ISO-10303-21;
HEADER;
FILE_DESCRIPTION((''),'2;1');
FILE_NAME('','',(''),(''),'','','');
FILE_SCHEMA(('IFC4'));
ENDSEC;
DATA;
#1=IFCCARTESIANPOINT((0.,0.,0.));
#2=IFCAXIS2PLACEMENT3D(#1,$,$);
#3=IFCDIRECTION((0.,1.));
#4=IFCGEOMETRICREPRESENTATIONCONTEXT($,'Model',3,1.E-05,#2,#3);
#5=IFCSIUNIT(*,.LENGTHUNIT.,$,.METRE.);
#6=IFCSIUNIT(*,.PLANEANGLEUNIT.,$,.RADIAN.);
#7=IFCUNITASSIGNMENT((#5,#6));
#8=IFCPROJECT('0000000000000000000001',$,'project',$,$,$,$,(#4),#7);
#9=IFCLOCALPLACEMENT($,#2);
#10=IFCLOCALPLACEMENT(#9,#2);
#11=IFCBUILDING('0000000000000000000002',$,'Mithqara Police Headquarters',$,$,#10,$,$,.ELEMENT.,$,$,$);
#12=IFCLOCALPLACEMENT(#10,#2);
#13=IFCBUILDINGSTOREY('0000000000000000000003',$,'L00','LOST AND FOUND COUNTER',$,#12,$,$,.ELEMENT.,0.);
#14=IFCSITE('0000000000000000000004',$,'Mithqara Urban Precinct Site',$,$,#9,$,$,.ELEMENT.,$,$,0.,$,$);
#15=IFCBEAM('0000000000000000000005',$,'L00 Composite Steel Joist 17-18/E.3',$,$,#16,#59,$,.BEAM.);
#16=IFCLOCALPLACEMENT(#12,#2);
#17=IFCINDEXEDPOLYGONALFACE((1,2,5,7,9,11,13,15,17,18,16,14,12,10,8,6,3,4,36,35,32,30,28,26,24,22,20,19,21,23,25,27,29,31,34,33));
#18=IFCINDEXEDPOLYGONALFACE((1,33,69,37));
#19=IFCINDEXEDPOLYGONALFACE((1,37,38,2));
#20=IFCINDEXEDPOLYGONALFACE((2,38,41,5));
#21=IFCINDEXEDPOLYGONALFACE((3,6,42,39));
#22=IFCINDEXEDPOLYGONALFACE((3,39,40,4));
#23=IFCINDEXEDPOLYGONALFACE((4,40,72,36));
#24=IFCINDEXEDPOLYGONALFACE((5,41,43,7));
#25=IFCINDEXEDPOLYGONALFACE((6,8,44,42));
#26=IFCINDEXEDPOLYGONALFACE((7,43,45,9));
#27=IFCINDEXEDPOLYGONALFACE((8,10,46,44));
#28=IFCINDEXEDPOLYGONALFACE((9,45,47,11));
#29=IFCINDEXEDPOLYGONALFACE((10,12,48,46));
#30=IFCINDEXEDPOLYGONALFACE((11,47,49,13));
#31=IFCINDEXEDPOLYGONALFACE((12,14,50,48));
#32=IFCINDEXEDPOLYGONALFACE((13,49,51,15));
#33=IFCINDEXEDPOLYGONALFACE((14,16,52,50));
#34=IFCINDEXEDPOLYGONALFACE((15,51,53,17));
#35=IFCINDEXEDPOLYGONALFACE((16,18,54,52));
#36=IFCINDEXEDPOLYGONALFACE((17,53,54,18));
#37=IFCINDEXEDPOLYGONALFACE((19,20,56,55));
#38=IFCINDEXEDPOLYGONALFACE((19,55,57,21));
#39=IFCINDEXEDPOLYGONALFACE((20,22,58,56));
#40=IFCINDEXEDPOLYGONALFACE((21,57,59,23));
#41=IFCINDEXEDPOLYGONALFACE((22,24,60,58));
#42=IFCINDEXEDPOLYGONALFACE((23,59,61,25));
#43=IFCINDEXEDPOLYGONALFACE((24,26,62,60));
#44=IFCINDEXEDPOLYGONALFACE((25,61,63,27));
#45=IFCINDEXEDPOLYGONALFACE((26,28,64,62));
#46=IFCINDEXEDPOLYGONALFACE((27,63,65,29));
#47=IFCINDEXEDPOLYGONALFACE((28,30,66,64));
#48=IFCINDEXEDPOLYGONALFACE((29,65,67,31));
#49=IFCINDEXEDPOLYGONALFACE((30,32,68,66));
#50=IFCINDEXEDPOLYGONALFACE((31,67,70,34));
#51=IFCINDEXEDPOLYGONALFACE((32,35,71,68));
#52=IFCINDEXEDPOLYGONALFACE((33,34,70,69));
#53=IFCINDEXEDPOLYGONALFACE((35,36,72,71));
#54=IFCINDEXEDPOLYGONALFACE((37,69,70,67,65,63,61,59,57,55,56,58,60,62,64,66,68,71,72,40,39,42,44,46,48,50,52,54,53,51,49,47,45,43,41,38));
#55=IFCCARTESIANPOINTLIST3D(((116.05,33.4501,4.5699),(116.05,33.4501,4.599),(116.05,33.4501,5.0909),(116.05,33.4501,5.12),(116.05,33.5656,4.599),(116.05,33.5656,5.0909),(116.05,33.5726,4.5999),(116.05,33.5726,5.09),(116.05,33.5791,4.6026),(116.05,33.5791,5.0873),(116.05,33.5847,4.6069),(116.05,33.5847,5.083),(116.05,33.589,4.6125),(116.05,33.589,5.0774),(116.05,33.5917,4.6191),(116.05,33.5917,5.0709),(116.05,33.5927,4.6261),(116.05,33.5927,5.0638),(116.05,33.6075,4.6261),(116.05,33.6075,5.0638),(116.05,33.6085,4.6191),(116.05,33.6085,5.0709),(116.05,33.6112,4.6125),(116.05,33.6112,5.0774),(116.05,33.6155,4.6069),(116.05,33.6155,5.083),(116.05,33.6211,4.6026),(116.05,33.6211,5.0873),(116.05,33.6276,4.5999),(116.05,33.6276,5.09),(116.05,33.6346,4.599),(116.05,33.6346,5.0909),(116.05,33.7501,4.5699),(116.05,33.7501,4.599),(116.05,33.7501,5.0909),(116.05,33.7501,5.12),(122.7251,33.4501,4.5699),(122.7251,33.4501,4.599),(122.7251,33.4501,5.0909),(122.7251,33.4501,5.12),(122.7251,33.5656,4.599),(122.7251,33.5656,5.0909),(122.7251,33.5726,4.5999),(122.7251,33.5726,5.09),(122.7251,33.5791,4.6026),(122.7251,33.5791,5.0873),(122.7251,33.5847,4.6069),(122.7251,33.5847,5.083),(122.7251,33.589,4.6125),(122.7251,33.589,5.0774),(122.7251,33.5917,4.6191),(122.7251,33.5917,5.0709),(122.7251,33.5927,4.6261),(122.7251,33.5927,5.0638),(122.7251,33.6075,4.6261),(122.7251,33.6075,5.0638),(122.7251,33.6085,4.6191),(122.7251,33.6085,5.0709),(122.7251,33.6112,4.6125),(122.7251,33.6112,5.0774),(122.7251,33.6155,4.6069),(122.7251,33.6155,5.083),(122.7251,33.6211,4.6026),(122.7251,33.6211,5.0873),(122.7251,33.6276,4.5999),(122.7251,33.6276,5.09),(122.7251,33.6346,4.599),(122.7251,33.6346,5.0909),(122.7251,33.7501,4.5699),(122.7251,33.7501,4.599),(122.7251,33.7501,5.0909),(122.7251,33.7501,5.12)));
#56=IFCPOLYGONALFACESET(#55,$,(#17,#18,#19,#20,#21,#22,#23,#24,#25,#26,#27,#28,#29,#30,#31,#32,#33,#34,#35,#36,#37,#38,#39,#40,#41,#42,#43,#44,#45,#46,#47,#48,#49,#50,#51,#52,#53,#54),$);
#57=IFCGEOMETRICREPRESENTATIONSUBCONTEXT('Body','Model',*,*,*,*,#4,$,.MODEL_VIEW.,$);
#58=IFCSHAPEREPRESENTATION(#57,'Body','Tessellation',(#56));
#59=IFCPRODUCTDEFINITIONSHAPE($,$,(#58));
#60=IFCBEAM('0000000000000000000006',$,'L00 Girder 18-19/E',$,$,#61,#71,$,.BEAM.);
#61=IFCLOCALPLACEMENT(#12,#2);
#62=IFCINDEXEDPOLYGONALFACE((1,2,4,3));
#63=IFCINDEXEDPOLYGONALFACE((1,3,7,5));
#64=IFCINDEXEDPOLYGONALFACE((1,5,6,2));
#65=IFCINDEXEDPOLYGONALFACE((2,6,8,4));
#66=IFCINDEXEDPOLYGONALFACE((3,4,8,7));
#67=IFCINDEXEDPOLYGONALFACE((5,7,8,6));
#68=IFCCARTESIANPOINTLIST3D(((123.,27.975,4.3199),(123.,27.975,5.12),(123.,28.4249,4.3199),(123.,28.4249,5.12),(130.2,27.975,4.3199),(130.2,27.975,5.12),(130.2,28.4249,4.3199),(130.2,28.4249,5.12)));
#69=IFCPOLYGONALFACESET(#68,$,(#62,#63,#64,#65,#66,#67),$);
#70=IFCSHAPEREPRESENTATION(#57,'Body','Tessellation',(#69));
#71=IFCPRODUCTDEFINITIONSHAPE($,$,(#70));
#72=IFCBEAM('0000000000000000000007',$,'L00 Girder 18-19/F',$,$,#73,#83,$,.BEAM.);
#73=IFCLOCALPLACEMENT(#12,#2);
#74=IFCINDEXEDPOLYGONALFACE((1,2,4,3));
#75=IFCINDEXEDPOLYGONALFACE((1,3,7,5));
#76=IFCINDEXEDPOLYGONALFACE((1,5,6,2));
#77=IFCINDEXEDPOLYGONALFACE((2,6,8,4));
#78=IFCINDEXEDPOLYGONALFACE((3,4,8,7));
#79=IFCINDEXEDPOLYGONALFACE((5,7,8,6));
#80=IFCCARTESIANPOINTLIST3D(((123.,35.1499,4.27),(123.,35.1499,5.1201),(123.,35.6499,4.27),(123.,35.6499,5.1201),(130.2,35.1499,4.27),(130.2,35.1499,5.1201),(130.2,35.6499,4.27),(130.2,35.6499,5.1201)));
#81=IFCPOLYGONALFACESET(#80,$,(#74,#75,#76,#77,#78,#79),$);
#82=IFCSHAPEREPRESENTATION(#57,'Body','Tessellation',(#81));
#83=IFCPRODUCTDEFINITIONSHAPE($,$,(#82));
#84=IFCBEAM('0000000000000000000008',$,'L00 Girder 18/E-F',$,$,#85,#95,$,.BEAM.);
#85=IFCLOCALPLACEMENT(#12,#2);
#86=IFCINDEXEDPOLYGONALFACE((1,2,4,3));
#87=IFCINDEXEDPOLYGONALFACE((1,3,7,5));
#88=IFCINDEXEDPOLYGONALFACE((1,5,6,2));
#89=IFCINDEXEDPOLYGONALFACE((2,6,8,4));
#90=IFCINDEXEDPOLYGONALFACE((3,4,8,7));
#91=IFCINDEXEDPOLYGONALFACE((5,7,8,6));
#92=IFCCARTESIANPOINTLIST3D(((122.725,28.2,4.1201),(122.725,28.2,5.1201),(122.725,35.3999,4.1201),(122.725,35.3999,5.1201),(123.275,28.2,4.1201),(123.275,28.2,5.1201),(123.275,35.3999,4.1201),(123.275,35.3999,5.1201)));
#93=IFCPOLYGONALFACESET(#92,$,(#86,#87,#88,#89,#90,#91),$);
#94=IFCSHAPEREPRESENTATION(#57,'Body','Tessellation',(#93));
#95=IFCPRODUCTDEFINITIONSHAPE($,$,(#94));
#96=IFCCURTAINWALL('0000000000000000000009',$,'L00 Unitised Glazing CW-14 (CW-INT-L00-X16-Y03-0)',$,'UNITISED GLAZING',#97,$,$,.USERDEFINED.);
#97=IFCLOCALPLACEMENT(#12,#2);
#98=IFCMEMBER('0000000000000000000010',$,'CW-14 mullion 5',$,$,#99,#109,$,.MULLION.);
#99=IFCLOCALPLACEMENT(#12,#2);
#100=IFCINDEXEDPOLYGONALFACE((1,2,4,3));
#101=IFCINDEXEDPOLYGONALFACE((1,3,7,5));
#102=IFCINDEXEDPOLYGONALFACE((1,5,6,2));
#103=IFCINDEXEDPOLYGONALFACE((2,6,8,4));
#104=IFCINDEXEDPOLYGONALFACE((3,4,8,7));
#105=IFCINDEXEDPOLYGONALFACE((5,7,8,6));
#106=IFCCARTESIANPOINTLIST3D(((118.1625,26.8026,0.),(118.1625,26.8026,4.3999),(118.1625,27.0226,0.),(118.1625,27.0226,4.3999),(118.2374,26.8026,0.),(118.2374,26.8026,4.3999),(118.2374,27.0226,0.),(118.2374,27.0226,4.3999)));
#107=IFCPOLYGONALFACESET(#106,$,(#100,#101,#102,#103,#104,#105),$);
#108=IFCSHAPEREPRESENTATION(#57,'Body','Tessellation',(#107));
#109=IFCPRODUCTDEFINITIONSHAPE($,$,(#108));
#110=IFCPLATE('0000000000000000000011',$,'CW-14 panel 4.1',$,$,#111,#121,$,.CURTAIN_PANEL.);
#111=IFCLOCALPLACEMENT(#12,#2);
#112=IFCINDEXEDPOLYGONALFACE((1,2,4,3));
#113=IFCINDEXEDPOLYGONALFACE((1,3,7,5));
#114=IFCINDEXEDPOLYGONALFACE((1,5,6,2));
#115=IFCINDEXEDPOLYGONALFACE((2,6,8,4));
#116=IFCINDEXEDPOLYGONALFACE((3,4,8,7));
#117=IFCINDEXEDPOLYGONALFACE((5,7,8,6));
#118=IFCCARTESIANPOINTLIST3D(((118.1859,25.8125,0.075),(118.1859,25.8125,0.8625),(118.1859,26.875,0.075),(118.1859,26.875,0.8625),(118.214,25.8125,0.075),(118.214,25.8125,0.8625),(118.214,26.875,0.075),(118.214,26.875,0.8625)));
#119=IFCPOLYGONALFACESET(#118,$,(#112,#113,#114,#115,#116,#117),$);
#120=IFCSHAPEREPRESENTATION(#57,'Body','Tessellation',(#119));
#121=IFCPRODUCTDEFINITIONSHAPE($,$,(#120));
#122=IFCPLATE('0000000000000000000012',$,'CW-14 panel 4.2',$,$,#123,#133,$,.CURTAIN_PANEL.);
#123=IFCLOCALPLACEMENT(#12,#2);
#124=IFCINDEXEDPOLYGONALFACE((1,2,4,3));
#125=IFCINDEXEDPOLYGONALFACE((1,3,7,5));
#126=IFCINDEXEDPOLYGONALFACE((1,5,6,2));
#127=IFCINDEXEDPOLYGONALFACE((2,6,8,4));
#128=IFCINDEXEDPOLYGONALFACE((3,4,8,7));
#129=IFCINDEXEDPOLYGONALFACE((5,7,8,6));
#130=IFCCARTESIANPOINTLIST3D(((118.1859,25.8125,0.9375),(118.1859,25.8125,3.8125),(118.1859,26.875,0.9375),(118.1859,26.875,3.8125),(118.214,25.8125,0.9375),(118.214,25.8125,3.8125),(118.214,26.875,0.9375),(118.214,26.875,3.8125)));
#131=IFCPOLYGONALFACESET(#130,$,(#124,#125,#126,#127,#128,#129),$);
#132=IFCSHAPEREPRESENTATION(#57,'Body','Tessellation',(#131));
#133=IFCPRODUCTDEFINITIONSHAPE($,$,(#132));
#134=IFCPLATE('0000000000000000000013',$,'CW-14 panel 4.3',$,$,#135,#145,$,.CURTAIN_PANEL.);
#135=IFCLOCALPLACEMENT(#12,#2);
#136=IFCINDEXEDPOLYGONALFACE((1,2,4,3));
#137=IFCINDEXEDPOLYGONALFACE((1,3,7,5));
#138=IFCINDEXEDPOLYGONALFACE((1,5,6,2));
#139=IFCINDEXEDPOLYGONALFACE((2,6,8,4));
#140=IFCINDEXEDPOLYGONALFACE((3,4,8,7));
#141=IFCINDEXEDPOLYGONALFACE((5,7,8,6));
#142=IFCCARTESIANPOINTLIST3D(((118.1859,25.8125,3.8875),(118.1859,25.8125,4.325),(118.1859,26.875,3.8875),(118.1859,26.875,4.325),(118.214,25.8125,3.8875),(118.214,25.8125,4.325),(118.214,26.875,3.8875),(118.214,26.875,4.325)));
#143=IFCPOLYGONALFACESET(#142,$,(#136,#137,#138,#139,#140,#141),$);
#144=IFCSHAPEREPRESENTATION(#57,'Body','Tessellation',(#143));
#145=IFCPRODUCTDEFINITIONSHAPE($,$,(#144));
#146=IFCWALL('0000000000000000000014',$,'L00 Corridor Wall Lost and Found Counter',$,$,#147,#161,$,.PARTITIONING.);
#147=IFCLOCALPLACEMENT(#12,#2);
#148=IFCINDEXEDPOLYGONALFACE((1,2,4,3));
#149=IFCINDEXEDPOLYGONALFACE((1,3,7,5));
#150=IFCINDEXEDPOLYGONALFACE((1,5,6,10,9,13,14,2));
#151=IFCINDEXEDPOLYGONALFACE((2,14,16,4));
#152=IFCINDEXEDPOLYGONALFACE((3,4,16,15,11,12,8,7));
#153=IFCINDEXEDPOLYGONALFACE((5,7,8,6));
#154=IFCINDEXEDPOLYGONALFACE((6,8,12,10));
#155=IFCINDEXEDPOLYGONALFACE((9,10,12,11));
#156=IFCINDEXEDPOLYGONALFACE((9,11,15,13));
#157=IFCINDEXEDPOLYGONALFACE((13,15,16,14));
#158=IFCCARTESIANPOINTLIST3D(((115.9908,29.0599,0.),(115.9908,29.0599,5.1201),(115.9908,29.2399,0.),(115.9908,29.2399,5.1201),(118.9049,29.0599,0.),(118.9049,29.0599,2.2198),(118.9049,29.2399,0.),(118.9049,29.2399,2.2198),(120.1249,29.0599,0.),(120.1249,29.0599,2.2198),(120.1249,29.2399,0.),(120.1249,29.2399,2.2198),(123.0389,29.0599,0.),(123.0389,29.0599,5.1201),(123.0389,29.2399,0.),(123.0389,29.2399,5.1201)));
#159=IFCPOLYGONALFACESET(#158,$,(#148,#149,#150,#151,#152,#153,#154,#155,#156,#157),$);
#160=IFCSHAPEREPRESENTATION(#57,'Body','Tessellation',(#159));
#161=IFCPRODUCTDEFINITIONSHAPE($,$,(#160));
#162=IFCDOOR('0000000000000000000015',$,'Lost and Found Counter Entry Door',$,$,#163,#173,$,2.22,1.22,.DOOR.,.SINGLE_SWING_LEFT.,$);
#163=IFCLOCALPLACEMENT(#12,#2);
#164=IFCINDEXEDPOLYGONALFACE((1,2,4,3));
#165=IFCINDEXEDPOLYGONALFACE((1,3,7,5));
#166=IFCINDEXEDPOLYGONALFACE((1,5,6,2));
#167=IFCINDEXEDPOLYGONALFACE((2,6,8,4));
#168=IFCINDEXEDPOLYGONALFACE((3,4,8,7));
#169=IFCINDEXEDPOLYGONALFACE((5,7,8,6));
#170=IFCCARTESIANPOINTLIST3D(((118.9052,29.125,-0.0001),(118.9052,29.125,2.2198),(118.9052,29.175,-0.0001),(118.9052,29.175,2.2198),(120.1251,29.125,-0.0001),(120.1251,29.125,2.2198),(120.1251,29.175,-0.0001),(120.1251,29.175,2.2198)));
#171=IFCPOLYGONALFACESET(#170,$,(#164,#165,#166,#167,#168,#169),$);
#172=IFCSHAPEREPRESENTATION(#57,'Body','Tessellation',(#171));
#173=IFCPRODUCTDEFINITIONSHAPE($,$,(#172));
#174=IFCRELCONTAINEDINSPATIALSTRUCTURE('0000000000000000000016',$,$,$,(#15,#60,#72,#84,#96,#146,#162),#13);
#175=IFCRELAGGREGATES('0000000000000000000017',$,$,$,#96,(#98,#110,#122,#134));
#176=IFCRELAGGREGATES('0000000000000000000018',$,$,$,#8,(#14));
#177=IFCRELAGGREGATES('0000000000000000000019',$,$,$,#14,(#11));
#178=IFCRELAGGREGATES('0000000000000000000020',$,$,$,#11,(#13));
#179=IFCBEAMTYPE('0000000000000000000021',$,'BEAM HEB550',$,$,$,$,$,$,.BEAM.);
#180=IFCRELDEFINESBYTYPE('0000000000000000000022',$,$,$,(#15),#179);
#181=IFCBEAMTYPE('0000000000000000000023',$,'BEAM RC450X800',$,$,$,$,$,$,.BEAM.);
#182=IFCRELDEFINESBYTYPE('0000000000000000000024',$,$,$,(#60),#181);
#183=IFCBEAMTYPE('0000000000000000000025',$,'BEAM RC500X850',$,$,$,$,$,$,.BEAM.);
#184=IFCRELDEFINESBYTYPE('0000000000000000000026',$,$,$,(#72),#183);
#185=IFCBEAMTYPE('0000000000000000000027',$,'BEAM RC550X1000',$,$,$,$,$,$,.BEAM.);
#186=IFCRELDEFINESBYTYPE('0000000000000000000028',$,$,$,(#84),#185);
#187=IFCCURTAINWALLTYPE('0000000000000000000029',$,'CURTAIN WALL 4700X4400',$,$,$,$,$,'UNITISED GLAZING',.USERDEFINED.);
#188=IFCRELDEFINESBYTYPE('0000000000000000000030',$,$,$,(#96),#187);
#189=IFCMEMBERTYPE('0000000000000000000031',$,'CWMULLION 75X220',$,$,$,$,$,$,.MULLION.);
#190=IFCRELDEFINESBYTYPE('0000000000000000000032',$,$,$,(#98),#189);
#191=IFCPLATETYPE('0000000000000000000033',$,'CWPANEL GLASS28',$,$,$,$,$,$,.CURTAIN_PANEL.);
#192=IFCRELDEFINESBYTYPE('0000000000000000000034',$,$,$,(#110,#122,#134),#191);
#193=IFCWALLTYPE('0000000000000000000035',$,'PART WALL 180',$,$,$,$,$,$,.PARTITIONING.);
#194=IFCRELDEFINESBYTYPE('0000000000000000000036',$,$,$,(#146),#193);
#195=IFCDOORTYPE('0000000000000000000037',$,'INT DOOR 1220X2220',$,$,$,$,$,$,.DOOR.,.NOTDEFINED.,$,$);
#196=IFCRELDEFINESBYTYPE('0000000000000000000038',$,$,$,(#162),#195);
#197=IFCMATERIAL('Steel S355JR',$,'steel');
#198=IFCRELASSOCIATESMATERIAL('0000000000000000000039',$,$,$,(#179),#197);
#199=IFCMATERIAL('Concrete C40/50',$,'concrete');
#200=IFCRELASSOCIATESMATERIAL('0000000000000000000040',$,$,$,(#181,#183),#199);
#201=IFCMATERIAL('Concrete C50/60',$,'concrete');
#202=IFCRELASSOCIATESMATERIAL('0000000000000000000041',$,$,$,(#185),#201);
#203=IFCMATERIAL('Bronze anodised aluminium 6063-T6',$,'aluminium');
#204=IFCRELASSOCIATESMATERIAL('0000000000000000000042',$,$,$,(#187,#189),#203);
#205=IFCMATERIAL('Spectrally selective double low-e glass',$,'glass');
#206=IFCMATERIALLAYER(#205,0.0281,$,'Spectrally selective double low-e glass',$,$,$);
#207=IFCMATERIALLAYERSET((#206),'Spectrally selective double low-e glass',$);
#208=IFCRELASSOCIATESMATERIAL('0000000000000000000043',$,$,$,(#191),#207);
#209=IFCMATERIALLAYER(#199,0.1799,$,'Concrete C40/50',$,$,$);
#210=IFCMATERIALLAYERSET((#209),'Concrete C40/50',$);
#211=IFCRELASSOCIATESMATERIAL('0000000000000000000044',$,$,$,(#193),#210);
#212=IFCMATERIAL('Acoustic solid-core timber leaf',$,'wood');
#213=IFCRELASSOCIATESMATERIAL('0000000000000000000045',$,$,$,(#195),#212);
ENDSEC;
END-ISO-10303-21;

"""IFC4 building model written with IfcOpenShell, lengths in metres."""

from ifc_helpers import new_model, si_unit, direction, frame, frame_2d, origin, origin_2d, place, context, subcontext, project, spatial, rectangle, i_section, extrude, material, layer, layer_set, material_profile, profile_set, type_object, element, fill, aggregate, save


model = new_model("IFC4")

# Units and contexts
model_context = context("Model", 3, precision=1e-05, world=origin(), true_north=direction((0.0, 1.0)))
body_context = subcontext(model_context, "Body", "Model", "MODEL_VIEW")
ifc_project = project(units=[si_unit("LENGTHUNIT", "METRE"), si_unit("PLANEANGLEUNIT", "RADIAN")], contexts=[model_context])

# Site, building, storey
site_placement = place(None, origin())
site = spatial("IfcSite", under=ifc_project, at=site_placement, Name="Mithqara Urban Precinct Site", CompositionType="ELEMENT", RefElevation=0.0)
building_placement = place(site_placement, origin())
building = spatial("IfcBuilding", under=site, at=building_placement, Name="Mithqara Police Headquarters", CompositionType="ELEMENT")
storey_placement = place(building_placement, origin())
storey = spatial("IfcBuildingStorey", under=building, at=storey_placement, Name="L00", Description="LOST AND FOUND COUNTER", CompositionType="ELEMENT", Elevation=0.0)

# Shared definitions
ifc_material_1 = material(Name="Concrete C50/60", Category="concrete")

# Beams
ifc_material_2 = material(Name="Steel S355JR", Category="steel")
ifc_material_profile_1 = material_profile(ifc_material_2, i_section(OverallWidth=0.3, OverallDepth=0.55, WebThickness=0.0149, FlangeThickness=0.0291, FilletRadius=0.0271, at=origin_2d()), Name="HEB 550")
ifc_profile_set_1 = profile_set([ifc_material_profile_1], Name="Steel S355JR")
beam_type_1 = type_object("IfcBeamType", Name="BEAM HEB550", PredefinedType="BEAM", material=ifc_profile_set_1)
for number, where, z_axis, x_axis, name in (
    (1, (116.05, 33.6001, 4.845), (1.0, 0.0, 0.0), (0.0, 1.0, 0.0), "L00 Composite Steel Joist 17-18/E.3"),
):
    element("IfcBeam", number, at=place(storey_placement, frame(where, z_axis=z_axis, x_axis=x_axis)), inside=storey, type_object=beam_type_1, Name=name, PredefinedType="BEAM", context=body_context, shape_type="SweptSolid", body=[
        extrude(i_section(OverallWidth=0.3, OverallDepth=0.55, WebThickness=0.0149, FlangeThickness=0.0291, FilletRadius=0.0271, at=origin_2d()), origin(), (0.0, 0.0, 1.0), 6.675),
    ])
ifc_material_3 = material(Name="Concrete C40/50", Category="concrete")
ifc_material_profile_2 = material_profile(ifc_material_3, rectangle(XDim=0.45, YDim=0.8, at=origin_2d()), Name="RC 450x800")
ifc_profile_set_2 = profile_set([ifc_material_profile_2], Name="Concrete C40/50")
beam_type_2 = type_object("IfcBeamType", Name="BEAM RC450X800", PredefinedType="BEAM", material=ifc_profile_set_2)
beam_1_placement = place(storey_placement, frame((123.0, 28.2, 4.72), z_axis=(1.0, 0.0, 0.0), x_axis=(0.0, 1.0, 0.0)))
element("IfcBeam", 2, at=beam_1_placement, inside=storey, type_object=beam_type_2, Name="L00 Girder 18-19/E", PredefinedType="BEAM", context=body_context, shape_type="SweptSolid", body=[
    extrude(rectangle(XDim=0.45, YDim=0.8, at=origin_2d()), origin(), (0.0, 0.0, 1.0), 7.2),
])
ifc_material_profile_3 = material_profile(ifc_material_3, rectangle(XDim=0.5, YDim=0.8501, at=origin_2d()), Name="RC 500x850")
ifc_profile_set_3 = profile_set([ifc_material_profile_3], Name="Concrete C40/50")
beam_type_3 = type_object("IfcBeamType", Name="BEAM RC500X850", PredefinedType="BEAM", material=ifc_profile_set_3)
beam_2_placement = place(storey_placement, frame((123.0, 35.3999, 4.6951), z_axis=(1.0, 0.0, 0.0), x_axis=(0.0, 1.0, 0.0)))
element("IfcBeam", 3, at=beam_2_placement, inside=storey, type_object=beam_type_3, Name="L00 Girder 18-19/F", PredefinedType="BEAM", context=body_context, shape_type="SweptSolid", body=[
    extrude(rectangle(XDim=0.5, YDim=0.8501, at=origin_2d()), origin(), (0.0, 0.0, 1.0), 7.2),
])
ifc_material_profile_4 = material_profile(ifc_material_1, rectangle(XDim=0.55, YDim=1.0, at=origin_2d()), Name="RC 550x1000")
ifc_profile_set_4 = profile_set([ifc_material_profile_4], Name="Concrete C50/60")
beam_type_4 = type_object("IfcBeamType", Name="BEAM RC550X1000", PredefinedType="BEAM", material=ifc_profile_set_4)
beam_3_placement = place(storey_placement, frame((123.0, 28.2, 4.6201), z_axis=(0.0, 1.0, 0.0), x_axis=(-1.0, 0.0, 0.0)))
element("IfcBeam", 4, at=beam_3_placement, inside=storey, type_object=beam_type_4, Name="L00 Girder 18/E-F", PredefinedType="BEAM", context=body_context, shape_type="SweptSolid", body=[
    extrude(rectangle(XDim=0.55, YDim=1.0, at=origin_2d()), origin(), (0.0, 0.0, 1.0), 7.2),
])

# Curtain wall, member, plates
ifc_material_4 = material(Name="Bronze anodised aluminium 6063-T6", Category="aluminium")
curtain_wall_type = type_object("IfcCurtainWallType", Name="CURTAIN WALL 4700X4400", ElementType="UNITISED GLAZING", PredefinedType="USERDEFINED", material=ifc_material_4)
curtain_wall_placement = place(storey_placement, origin())
curtain_wall = element("IfcCurtainWall", 5, at=curtain_wall_placement, inside=storey, type_object=curtain_wall_type, Name="L00 Unitised Glazing CW-14 (CW-INT-L00-X16-Y03-0)", ObjectType="UNITISED GLAZING", PredefinedType="USERDEFINED")
ifc_material_profile_5 = material_profile(ifc_material_4, rectangle(XDim=0.075, YDim=0.22, at=origin_2d()), Name="CWM 75x220")
ifc_profile_set_5 = profile_set([ifc_material_profile_5], Name="Bronze anodised aluminium 6063-T6")
member_type = type_object("IfcMemberType", Name="CWMULLION 75X220", PredefinedType="MULLION", material=ifc_profile_set_5)
member_placement = place(storey_placement, frame((118.2, 26.9126, 0.0), z_axis=(0.0, 0.0, 1.0), x_axis=(-1.0, 0.0, 0.0)))
member = element("IfcMember", 6, at=member_placement, type_object=member_type, Name="CW-14 mullion 5", PredefinedType="MULLION", context=body_context, shape_type="SweptSolid", body=[
    extrude(rectangle(XDim=0.075, YDim=0.22, at=origin_2d()), origin(), (0.0, 0.0, 1.0), 4.3999),
])
ifc_material_5 = material(Name="Spectrally selective double low-e glass", Category="glass")
ifc_layer_1 = layer(ifc_material_5, 0.0281, Name="Spectrally selective double low-e glass")
ifc_layer_set_1 = layer_set([ifc_layer_1], Name="Spectrally selective double low-e glass")
plate_type = type_object("IfcPlateType", Name="CWPANEL GLASS28", PredefinedType="CURTAIN_PANEL", material=ifc_layer_set_1)
plate_1_placement = place(storey_placement, frame((118.2, 26.3438, 0.075), z_axis=(0.0, 0.0, 1.0), x_axis=(0.0, 1.0, 0.0)))
plate_1 = element("IfcPlate", 7, at=plate_1_placement, type_object=plate_type, Name="CW-14 panel 4.1", PredefinedType="CURTAIN_PANEL", context=body_context, shape_type="SweptSolid", body=[
    extrude(rectangle(XDim=1.0625, YDim=0.0281, at=origin_2d()), origin(), (0.0, 0.0, 1.0), 0.7876),
])
plate_2_placement = place(storey_placement, frame((118.2, 26.3438, 0.9375), z_axis=(0.0, 0.0, 1.0), x_axis=(0.0, 1.0, 0.0)))
plate_2 = element("IfcPlate", 8, at=plate_2_placement, type_object=plate_type, Name="CW-14 panel 4.2", PredefinedType="CURTAIN_PANEL", context=body_context, shape_type="SweptSolid", body=[
    extrude(rectangle(XDim=1.0625, YDim=0.0281, at=origin_2d()), origin(), (0.0, 0.0, 1.0), 2.875),
])
plate_3_placement = place(storey_placement, frame((118.2, 26.3438, 3.8875), z_axis=(0.0, 0.0, 1.0), x_axis=(0.0, 1.0, 0.0)))
plate_3 = element("IfcPlate", 9, at=plate_3_placement, type_object=plate_type, Name="CW-14 panel 4.3", PredefinedType="CURTAIN_PANEL", context=body_context, shape_type="SweptSolid", body=[
    extrude(rectangle(XDim=1.0625, YDim=0.0281, at=origin_2d()), origin(), (0.0, 0.0, 1.0), 0.4375),
])
aggregate(curtain_wall, [member, plate_1, plate_2, plate_3])

# Wall, opening, door
ifc_layer_2 = layer(ifc_material_3, 0.1799, Name="Concrete C40/50")
ifc_layer_set_2 = layer_set([ifc_layer_2], Name="Concrete C40/50")
wall_type = type_object("IfcWallType", Name="PART WALL 180", PredefinedType="PARTITIONING", material=ifc_layer_set_2)
wall_1_placement = place(storey_placement, frame((115.991, 29.1499, 0.0), z_axis=(0.0, 0.0, 1.0), x_axis=(1.0, 0.0, 0.0)))
wall_1 = element("IfcWall", 10, at=wall_1_placement, inside=storey, type_object=wall_type, Name="L00 Corridor Wall Lost and Found Counter", PredefinedType="PARTITIONING", context=body_context, shape_type="SweptSolid", body=[
    extrude(rectangle(XDim=7.0481, YDim=0.1799, at=frame_2d((3.5239, 0.0))), origin(), (0.0, 0.0, 1.0), 5.1201),
])
opening_1_placement = place(wall_1_placement, frame((2.9141, 0.0, 0.0)))
opening_1 = element("IfcOpeningElement", 11, at=opening_1_placement, cuts=wall_1, PredefinedType="OPENING", context=body_context, shape_type="SweptSolid", body=[
    extrude(rectangle(XDim=1.22, YDim=2.22, at=frame_2d((0.6099, 1.1099))), frame((0.0, 0.1001, 0.0), z_axis=(0.0, -1.0, 0.0), x_axis=(1.0, 0.0, 0.0)), (0.0, 0.0, 1.0), 0.2),
])
ifc_material_6 = material(Name="Acoustic solid-core timber leaf", Category="wood")
door_type_1 = type_object("IfcDoorType", Name="INT DOOR 1220X2220", OperationType="NOTDEFINED", PredefinedType="DOOR", material=ifc_material_6)
door_1_placement = place(opening_1_placement, frame((1.22, 0.0, 0.0), z_axis=(0.0, 0.0, 1.0), x_axis=(-1.0, 0.0, 0.0)))
door_1 = element("IfcDoor", 12, at=door_1_placement, inside=storey, type_object=door_type_1, Name="Lost and Found Counter Entry Door", OperationType="SINGLE_SWING_LEFT", OverallHeight=2.22, OverallWidth=1.22, PredefinedType="DOOR", context=body_context, shape_type="SweptSolid", body=[
    extrude(rectangle(XDim=1.22, YDim=2.22, at=frame_2d((0.6099, 1.1099))), frame((0.0, 0.0249, 0.0), z_axis=(0.0, -1.0, 0.0), x_axis=(1.0, 0.0, 0.0)), (0.0, 0.0, 1.0), 0.05),
])
fill(opening_1, door_1)

save(model, "model.ifc")
